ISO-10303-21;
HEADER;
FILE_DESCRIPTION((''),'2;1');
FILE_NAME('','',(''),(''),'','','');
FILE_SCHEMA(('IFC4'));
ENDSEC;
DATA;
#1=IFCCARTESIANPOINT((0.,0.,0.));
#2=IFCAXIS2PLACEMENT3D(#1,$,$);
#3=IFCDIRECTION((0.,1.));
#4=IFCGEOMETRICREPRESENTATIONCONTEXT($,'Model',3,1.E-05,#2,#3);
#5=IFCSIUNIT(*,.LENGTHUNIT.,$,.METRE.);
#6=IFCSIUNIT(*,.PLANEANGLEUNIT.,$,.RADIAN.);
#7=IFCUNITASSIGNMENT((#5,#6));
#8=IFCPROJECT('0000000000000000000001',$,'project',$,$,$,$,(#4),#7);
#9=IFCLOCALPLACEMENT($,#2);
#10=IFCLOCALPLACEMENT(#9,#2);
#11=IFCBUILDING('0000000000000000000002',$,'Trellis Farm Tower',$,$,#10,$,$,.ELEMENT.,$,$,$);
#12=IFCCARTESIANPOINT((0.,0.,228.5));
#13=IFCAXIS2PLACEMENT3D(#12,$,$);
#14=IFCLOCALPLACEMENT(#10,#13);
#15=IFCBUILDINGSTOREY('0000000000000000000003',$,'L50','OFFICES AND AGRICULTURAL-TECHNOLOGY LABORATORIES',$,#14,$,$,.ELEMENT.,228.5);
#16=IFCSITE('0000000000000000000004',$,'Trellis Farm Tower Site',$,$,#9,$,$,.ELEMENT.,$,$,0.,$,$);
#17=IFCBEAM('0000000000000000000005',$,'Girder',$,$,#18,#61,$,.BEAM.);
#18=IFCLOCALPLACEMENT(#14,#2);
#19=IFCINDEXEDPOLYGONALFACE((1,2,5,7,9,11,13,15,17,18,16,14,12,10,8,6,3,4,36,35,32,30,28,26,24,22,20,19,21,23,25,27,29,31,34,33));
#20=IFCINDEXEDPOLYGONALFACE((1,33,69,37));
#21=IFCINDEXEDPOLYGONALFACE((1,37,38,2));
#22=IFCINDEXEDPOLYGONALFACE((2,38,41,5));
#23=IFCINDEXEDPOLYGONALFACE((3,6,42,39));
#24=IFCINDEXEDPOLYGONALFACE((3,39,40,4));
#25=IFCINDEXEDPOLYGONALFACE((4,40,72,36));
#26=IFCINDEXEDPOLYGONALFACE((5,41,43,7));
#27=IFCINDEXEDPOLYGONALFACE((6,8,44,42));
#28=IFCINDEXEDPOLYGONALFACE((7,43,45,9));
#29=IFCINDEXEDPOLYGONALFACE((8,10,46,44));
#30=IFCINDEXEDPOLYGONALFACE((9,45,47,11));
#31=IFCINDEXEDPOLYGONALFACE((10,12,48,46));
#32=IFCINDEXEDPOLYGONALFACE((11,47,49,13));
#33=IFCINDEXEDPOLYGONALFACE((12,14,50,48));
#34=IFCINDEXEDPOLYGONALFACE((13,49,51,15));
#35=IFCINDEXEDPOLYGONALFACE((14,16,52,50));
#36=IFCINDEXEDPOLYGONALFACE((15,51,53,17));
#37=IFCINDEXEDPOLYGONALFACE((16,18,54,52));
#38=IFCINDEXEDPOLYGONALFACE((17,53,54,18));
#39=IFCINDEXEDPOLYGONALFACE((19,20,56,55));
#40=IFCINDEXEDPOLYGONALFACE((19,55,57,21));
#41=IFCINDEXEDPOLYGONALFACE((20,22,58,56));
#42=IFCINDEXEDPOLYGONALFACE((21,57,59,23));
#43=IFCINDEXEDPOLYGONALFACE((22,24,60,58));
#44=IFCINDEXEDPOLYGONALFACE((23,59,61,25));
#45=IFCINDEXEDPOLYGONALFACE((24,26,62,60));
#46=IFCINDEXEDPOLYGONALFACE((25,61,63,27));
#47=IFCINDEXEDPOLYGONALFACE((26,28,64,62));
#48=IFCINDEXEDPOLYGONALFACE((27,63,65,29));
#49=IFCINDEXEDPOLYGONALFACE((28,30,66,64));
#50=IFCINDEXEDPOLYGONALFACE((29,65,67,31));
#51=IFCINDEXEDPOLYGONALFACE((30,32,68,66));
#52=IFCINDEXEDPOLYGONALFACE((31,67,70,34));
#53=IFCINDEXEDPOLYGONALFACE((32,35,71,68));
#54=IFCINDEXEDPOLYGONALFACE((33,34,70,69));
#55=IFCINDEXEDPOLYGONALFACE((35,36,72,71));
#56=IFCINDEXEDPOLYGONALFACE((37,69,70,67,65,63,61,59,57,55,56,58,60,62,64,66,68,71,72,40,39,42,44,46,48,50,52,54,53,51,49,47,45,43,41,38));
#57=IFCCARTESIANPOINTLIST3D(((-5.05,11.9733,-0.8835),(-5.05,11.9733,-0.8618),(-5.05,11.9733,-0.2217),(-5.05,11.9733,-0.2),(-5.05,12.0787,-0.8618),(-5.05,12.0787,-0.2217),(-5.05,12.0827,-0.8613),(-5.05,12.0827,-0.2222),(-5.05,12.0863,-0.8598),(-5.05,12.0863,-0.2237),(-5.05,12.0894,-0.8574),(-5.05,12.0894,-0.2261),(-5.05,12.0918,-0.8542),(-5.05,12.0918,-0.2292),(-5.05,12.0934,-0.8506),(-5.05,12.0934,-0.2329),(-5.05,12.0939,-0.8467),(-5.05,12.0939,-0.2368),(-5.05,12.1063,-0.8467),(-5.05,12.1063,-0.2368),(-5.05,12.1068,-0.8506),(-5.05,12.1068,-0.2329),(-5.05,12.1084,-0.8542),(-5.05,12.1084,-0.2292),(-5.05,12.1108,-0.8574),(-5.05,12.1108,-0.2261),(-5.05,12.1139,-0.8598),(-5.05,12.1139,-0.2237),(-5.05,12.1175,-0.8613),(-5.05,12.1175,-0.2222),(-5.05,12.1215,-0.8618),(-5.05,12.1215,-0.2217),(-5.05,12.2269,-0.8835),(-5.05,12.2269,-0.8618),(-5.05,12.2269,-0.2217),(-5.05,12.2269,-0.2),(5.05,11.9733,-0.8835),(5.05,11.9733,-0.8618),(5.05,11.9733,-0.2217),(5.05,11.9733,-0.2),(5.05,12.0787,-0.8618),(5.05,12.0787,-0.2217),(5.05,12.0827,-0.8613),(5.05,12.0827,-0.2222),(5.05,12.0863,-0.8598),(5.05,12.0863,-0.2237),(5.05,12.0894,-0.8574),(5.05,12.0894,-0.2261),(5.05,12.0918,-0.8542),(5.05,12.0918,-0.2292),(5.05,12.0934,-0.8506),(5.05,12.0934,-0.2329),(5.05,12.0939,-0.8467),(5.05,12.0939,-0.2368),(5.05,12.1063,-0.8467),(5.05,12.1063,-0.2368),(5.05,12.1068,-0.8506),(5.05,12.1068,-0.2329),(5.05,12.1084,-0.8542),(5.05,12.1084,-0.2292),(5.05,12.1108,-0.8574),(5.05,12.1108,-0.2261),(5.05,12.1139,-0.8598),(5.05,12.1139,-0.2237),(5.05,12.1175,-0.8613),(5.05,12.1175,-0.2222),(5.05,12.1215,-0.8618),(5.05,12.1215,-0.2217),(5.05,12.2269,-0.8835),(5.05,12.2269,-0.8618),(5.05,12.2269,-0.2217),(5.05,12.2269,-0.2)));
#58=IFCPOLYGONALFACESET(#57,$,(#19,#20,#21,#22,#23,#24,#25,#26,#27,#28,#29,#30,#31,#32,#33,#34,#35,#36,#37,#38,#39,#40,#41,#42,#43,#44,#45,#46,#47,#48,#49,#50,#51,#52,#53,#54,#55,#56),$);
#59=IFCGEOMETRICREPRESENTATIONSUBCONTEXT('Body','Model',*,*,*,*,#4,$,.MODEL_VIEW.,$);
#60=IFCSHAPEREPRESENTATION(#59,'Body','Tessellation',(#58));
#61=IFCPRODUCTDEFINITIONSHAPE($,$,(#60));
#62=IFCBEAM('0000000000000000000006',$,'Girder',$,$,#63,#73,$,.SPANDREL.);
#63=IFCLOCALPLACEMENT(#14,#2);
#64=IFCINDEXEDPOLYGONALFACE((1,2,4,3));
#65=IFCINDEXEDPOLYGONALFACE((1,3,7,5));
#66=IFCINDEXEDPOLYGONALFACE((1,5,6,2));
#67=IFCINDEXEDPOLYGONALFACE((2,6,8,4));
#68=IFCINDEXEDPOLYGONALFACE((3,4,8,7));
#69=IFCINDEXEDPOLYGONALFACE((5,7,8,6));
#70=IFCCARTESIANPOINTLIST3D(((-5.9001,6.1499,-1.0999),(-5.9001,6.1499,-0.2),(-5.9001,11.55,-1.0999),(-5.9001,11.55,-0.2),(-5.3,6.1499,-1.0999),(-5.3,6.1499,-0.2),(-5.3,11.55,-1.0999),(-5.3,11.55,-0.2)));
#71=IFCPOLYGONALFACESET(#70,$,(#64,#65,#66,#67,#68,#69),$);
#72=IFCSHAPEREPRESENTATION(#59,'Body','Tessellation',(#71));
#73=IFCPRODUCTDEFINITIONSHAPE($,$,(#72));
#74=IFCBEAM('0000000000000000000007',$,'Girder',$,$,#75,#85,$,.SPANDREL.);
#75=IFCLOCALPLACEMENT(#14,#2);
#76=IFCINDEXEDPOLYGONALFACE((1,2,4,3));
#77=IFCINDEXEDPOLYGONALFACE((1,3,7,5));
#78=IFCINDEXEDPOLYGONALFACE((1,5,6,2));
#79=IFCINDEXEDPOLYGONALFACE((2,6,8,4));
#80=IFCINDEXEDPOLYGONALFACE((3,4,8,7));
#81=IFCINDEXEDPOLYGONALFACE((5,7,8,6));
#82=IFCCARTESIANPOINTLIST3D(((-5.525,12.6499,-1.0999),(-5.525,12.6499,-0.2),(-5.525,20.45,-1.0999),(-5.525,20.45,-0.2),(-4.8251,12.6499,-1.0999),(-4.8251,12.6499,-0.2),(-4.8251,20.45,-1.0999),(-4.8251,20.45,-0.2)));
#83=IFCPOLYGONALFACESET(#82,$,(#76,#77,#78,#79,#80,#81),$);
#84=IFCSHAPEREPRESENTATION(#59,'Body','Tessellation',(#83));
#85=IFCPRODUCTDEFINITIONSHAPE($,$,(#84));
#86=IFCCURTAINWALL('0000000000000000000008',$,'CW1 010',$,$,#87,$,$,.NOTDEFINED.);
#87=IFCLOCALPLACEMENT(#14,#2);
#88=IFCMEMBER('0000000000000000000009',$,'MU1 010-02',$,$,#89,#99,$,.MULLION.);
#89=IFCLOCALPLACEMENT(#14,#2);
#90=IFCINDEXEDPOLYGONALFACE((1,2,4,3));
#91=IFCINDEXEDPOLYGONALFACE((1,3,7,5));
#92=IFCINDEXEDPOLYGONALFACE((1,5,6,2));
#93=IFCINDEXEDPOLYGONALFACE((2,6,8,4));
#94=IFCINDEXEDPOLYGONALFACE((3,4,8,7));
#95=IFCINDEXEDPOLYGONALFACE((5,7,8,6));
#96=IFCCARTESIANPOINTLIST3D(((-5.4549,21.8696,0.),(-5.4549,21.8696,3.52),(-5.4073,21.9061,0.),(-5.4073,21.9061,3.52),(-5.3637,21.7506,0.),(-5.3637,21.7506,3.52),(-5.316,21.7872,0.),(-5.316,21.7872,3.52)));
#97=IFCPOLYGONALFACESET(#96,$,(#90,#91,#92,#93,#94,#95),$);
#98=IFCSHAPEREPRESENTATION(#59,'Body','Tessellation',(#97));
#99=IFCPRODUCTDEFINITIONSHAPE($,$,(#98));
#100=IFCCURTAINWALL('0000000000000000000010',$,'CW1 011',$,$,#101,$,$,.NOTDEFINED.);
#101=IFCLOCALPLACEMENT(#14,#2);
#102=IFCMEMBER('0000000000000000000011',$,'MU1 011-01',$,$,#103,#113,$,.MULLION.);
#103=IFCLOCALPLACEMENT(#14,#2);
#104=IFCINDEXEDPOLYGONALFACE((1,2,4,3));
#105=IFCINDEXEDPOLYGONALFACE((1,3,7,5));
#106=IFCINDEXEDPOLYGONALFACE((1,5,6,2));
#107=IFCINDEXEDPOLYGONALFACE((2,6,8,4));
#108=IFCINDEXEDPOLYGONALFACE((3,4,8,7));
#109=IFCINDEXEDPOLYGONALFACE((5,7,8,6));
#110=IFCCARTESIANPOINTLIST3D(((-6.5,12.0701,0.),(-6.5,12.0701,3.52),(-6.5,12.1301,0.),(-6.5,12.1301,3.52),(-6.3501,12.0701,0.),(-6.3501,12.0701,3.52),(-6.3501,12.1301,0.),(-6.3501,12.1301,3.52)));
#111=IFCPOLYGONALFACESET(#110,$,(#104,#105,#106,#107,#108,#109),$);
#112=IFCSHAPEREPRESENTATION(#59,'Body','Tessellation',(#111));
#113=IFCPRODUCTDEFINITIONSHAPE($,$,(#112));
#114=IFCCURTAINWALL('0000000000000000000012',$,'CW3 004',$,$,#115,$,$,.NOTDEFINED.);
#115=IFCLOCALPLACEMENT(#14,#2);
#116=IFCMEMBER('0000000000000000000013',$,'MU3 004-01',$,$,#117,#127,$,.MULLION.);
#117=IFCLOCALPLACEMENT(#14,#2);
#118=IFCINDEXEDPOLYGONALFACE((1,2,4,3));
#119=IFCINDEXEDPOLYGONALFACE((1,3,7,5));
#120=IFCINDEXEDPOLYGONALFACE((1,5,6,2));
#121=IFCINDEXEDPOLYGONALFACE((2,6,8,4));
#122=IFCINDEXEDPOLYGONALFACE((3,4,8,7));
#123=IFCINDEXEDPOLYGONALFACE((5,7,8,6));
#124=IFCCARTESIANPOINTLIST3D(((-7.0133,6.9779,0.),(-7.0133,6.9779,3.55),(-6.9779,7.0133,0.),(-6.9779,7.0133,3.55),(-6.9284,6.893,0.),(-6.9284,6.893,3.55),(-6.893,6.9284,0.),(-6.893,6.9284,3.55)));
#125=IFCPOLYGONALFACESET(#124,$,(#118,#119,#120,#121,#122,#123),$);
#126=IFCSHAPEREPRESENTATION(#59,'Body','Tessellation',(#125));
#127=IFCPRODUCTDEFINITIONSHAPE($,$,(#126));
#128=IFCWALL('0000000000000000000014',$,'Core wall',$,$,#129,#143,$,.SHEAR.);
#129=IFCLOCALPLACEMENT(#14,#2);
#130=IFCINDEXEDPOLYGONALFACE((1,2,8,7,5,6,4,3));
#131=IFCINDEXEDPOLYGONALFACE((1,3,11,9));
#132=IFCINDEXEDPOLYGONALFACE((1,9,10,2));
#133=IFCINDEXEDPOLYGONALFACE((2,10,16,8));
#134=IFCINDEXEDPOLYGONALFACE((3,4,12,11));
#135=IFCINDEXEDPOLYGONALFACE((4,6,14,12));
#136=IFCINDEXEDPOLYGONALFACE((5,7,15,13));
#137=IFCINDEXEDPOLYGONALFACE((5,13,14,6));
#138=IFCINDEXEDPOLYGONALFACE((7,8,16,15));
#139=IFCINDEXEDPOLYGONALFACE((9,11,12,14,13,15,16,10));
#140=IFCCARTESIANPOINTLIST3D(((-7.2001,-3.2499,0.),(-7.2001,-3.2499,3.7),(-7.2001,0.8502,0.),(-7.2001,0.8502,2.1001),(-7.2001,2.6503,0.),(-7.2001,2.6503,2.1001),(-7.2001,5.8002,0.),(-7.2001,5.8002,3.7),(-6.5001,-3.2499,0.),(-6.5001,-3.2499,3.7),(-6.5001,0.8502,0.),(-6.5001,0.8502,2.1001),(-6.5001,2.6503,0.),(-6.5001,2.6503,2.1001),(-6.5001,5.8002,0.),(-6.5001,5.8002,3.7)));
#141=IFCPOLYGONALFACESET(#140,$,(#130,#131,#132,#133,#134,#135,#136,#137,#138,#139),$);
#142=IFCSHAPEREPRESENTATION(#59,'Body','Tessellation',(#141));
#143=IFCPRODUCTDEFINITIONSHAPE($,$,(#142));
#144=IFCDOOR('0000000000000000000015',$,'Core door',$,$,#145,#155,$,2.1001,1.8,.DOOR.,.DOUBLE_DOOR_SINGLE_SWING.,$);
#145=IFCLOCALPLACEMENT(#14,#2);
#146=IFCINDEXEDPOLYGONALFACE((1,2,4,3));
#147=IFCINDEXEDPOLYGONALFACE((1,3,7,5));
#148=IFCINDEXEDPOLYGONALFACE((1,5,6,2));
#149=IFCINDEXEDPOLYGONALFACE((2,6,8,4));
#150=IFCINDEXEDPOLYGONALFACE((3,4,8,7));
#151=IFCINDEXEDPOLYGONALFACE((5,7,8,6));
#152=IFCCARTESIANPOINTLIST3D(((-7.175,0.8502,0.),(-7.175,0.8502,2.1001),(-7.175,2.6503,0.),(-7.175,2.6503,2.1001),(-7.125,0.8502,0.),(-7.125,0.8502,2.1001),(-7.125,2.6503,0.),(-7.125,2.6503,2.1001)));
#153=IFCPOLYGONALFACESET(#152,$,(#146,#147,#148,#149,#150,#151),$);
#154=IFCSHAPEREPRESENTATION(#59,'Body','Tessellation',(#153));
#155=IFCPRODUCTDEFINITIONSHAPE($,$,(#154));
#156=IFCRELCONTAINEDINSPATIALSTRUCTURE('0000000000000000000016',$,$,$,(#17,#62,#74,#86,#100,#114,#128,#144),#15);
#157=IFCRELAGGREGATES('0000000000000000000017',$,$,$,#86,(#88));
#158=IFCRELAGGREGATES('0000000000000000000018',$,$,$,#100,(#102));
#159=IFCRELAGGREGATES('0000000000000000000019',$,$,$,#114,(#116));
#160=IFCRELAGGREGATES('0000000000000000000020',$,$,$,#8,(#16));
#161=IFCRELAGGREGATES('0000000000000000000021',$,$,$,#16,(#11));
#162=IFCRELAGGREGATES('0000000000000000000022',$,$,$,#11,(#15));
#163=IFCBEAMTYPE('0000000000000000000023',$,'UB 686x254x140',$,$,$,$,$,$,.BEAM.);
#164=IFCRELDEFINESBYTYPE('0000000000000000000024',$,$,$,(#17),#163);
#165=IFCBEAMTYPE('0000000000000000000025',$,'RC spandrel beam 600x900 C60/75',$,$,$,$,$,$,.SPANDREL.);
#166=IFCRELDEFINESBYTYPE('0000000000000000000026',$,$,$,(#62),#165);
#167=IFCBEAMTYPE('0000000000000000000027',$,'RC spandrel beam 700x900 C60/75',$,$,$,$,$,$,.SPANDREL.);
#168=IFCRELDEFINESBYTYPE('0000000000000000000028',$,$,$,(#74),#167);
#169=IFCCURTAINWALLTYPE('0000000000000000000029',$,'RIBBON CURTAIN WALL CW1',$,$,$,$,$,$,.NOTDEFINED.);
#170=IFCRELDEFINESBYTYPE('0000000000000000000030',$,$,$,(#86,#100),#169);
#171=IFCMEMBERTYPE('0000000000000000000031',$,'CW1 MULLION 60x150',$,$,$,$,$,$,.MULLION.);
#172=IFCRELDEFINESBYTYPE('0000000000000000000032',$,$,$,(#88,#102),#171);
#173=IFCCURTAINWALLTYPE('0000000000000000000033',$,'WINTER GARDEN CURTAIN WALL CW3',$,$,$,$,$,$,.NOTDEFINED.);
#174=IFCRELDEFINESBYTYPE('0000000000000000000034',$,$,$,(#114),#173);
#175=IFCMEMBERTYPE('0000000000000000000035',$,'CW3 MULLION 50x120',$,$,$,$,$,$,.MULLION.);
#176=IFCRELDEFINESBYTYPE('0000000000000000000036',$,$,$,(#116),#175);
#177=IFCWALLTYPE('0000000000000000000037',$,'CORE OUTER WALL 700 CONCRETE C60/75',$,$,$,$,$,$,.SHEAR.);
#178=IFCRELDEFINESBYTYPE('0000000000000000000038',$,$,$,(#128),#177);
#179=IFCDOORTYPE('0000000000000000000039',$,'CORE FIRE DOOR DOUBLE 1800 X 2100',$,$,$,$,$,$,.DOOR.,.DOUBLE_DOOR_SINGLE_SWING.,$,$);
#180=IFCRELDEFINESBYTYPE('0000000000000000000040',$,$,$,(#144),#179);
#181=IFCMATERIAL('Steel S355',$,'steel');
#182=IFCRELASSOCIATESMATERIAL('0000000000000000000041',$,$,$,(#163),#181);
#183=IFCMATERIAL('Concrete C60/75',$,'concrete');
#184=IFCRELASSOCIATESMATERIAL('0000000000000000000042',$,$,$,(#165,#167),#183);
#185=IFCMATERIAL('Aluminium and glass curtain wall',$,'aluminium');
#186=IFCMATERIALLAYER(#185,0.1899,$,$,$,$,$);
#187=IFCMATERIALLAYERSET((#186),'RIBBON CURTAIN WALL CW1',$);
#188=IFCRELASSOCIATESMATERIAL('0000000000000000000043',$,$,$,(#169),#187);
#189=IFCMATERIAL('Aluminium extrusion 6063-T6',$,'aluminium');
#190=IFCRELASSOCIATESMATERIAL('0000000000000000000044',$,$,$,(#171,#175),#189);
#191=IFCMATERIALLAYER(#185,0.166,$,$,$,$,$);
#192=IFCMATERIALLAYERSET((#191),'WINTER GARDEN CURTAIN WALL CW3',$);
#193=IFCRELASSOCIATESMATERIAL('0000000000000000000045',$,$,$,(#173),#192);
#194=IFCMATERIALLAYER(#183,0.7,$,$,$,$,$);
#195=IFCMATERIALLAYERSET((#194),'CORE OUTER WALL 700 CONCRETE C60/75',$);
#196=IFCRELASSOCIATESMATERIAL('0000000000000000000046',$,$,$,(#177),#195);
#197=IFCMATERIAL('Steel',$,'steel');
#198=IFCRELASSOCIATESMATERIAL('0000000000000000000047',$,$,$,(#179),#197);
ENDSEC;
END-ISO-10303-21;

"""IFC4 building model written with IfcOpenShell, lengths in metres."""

from ifc_helpers import new_model, si_unit, direction, frame, frame_2d, origin, origin_2d, place, context, subcontext, project, spatial, rectangle, i_section, extrude, source, transform, mapped, material, layer, layer_set, material_profile, profile_set, type_object, element, fill, aggregate, save


model = new_model("IFC4")

# Units and contexts
model_context = context("Model", 3, precision=1e-05, world=origin(), true_north=direction((0.0, 1.0)))
body_context = subcontext(model_context, "Body", "Model", "MODEL_VIEW")
ifc_project = project(units=[si_unit("LENGTHUNIT", "METRE"), si_unit("PLANEANGLEUNIT", "RADIAN")], contexts=[model_context])

# Site, building, storey
site_placement = place(None, origin())
site = spatial("IfcSite", under=ifc_project, at=site_placement, Name="Trellis Farm Tower Site", CompositionType="ELEMENT", RefElevation=0.0)
building_placement = place(site_placement, origin())
building = spatial("IfcBuilding", under=site, at=building_placement, Name="Trellis Farm Tower", CompositionType="ELEMENT")
storey_placement = place(building_placement, frame((0.0, 0.0, 228.5)))
storey = spatial("IfcBuildingStorey", under=building, at=storey_placement, Name="L50", Description="OFFICES AND AGRICULTURAL-TECHNOLOGY LABORATORIES", CompositionType="ELEMENT", Elevation=228.5)

# Shared definitions
ifc_material_1 = material(Name="Concrete C60/75", Category="concrete")

# Beams
ifc_material_2 = material(Name="Steel S355", Category="steel")
ifc_material_profile_1 = material_profile(ifc_material_2, i_section(OverallWidth=0.2537, OverallDepth=0.6836, WebThickness=0.0125, FlangeThickness=0.0217, FilletRadius=0.0151, at=origin_2d()), Name="UB 686x254x140")
ifc_profile_set_1 = profile_set([ifc_material_profile_1], Name="Steel S355")
beam_type_1 = type_object("IfcBeamType", Name="UB 686x254x140", PredefinedType="BEAM", material=ifc_profile_set_1)
shared_shape_1 = source(origin(), body_context, "Body", "SweptSolid", [
    extrude(i_section(OverallWidth=0.2537, OverallDepth=0.6836, WebThickness=0.0125, FlangeThickness=0.0217, FilletRadius=0.0151, at=origin_2d()), origin(), (0.0, 0.0, 1.0), 10.1001),
])
for number, where, z_axis, x_axis, name in (
    (1, (-5.05, 12.1001, -0.5417), (1.0, 0.0, 0.0), (0.0, 1.0, 0.0), "Girder"),
):
    element("IfcBeam", number, at=place(storey_placement, frame(where, z_axis=z_axis, x_axis=x_axis)), inside=storey, type_object=beam_type_1, Name=name, PredefinedType="BEAM", context=body_context, shape_type="MappedRepresentation", body=[
        mapped(shared_shape_1, transform((0.0, 0.0, 0.0))),
    ])
ifc_material_profile_2 = material_profile(ifc_material_1, rectangle(XDim=0.6001, YDim=0.8999, at=origin_2d()), Name="RC spandrel beam 600x900 C60/75")
ifc_profile_set_2 = profile_set([ifc_material_profile_2], Name="Concrete C60/75")
beam_type_2 = type_object("IfcBeamType", Name="RC spandrel beam 600x900 C60/75", PredefinedType="SPANDREL", material=ifc_profile_set_2)
shared_shape_2 = source(origin(), body_context, "Body", "SweptSolid", [
    extrude(rectangle(XDim=0.6001, YDim=0.8999, at=origin_2d()), origin(), (0.0, 0.0, 1.0), 5.4001),
])
beam_1_placement = place(storey_placement, frame((-5.6001, 6.1499, -0.6499), z_axis=(0.0, 1.0, 0.0), x_axis=(-1.0, 0.0, 0.0)))
element("IfcBeam", 2, at=beam_1_placement, inside=storey, type_object=beam_type_2, Name="Girder", PredefinedType="SPANDREL", context=body_context, shape_type="MappedRepresentation", body=[
    mapped(shared_shape_2, transform((0.0, 0.0, 0.0))),
])
ifc_material_profile_3 = material_profile(ifc_material_1, rectangle(XDim=0.7, YDim=0.8999, at=origin_2d()), Name="RC spandrel beam 700x900 C60/75")
ifc_profile_set_3 = profile_set([ifc_material_profile_3], Name="Concrete C60/75")
beam_type_3 = type_object("IfcBeamType", Name="RC spandrel beam 700x900 C60/75", PredefinedType="SPANDREL", material=ifc_profile_set_3)
shared_shape_3 = source(origin(), body_context, "Body", "SweptSolid", [
    extrude(rectangle(XDim=0.7, YDim=0.8999, at=origin_2d()), origin(), (0.0, 0.0, 1.0), 7.8),
])
beam_2_placement = place(storey_placement, frame((-5.175, 12.6499, -0.6499), z_axis=(0.0, 1.0, 0.0), x_axis=(-1.0, 0.0, 0.0)))
element("IfcBeam", 3, at=beam_2_placement, inside=storey, type_object=beam_type_3, Name="Girder", PredefinedType="SPANDREL", context=body_context, shape_type="MappedRepresentation", body=[
    mapped(shared_shape_3, transform((0.0, 0.0, 0.0))),
])

# Curtain walls, members
ifc_material_3 = material(Name="Aluminium and glass curtain wall", Category="aluminium")
ifc_layer_1 = layer(ifc_material_3, 0.1899)
ifc_layer_set_1 = layer_set([ifc_layer_1], Name="RIBBON CURTAIN WALL CW1")
curtain_wall_type_1 = type_object("IfcCurtainWallType", Name="RIBBON CURTAIN WALL CW1", PredefinedType="NOTDEFINED", material=ifc_layer_set_1)
placement = place(storey_placement, origin())
curtain_wall_1 = element("IfcCurtainWall", 4, at=placement, inside=storey, type_object=curtain_wall_type_1, Name="CW1 010", PredefinedType="NOTDEFINED")
ifc_material_4 = material(Name="Aluminium extrusion 6063-T6", Category="aluminium")
ifc_material_profile_4 = material_profile(ifc_material_4, rectangle(XDim=0.0601, YDim=0.1499, at=origin_2d()), Name="MULLION 60x150")
ifc_profile_set_4 = profile_set([ifc_material_profile_4], Name="Aluminium extrusion 6063-T6")
member_type_1 = type_object("IfcMemberType", Name="CW1 MULLION 60x150", PredefinedType="MULLION", material=ifc_profile_set_4)
shared_shape_4 = source(origin(), body_context, "Body", "SweptSolid", [
    extrude(rectangle(XDim=0.0601, YDim=0.1499, at=origin_2d()), origin(), (0.0, 0.0, 1.0), 3.52),
])
member_1_placement = place(storey_placement, frame((-5.3855, 21.8284, 0.0), z_axis=(0.0, 0.0, 1.0), x_axis=(-0.793353, -0.608761, 0.0)))
member_1 = element("IfcMember", 5, at=member_1_placement, type_object=member_type_1, Name="MU1 010-02", PredefinedType="MULLION", context=body_context, shape_type="MappedRepresentation", body=[
    mapped(shared_shape_4, transform((0.0, 0.0, 0.0))),
])
aggregate(curtain_wall_1, [member_1])
curtain_wall_2 = element("IfcCurtainWall", 6, at=placement, inside=storey, type_object=curtain_wall_type_1, Name="CW1 011", PredefinedType="NOTDEFINED")
member_2_placement = place(storey_placement, frame((-6.425, 12.1001, 0.0), z_axis=(0.0, 0.0, 1.0), x_axis=(0.0, -1.0, 0.0)))
member_2 = element("IfcMember", 7, at=member_2_placement, type_object=member_type_1, Name="MU1 011-01", PredefinedType="MULLION", context=body_context, shape_type="MappedRepresentation", body=[
    mapped(shared_shape_4, transform((0.0, 0.0, 0.0))),
])
aggregate(curtain_wall_2, [member_2])
ifc_layer_2 = layer(ifc_material_3, 0.166)
ifc_layer_set_2 = layer_set([ifc_layer_2], Name="WINTER GARDEN CURTAIN WALL CW3")
curtain_wall_type_2 = type_object("IfcCurtainWallType", Name="WINTER GARDEN CURTAIN WALL CW3", PredefinedType="NOTDEFINED", material=ifc_layer_set_2)
curtain_wall_3 = element("IfcCurtainWall", 8, at=placement, inside=storey, type_object=curtain_wall_type_2, Name="CW3 004", PredefinedType="NOTDEFINED")
ifc_material_profile_5 = material_profile(ifc_material_4, rectangle(XDim=0.05, YDim=0.1201, at=origin_2d()), Name="MULLION 50x120")
ifc_profile_set_5 = profile_set([ifc_material_profile_5], Name="Aluminium extrusion 6063-T6")
member_type_2 = type_object("IfcMemberType", Name="CW3 MULLION 50x120", PredefinedType="MULLION", material=ifc_profile_set_5)
shared_shape_5 = source(origin(), body_context, "Body", "SweptSolid", [
    extrude(rectangle(XDim=0.05, YDim=0.1201, at=origin_2d()), origin(), (0.0, 0.0, 1.0), 3.55),
])
member_3_placement = place(storey_placement, frame((-6.9531, 6.9531, 0.0), z_axis=(0.0, 0.0, 1.0), x_axis=(-0.707107, -0.707107, 0.0)))
member_3 = element("IfcMember", 9, at=member_3_placement, type_object=member_type_2, Name="MU3 004-01", PredefinedType="MULLION", context=body_context, shape_type="MappedRepresentation", body=[
    mapped(shared_shape_5, transform((0.0, 0.0, 0.0))),
])
aggregate(curtain_wall_3, [member_3])

# Wall, opening, door
ifc_layer_3 = layer(ifc_material_1, 0.7)
ifc_layer_set_3 = layer_set([ifc_layer_3], Name="CORE OUTER WALL 700 CONCRETE C60/75")
wall_type_1 = type_object("IfcWallType", Name="CORE OUTER WALL 700 CONCRETE C60/75", PredefinedType="SHEAR", material=ifc_layer_set_3)
shared_shape_6 = source(origin(), body_context, "Body", "SweptSolid", [
    extrude(rectangle(XDim=9.05, YDim=0.7, at=frame_2d((4.5249, 0.0))), origin(), (0.0, 0.0, 1.0), 3.7),
])
wall_1_placement = place(storey_placement, frame((-6.8501, 5.8, 0.0), z_axis=(0.0, 0.0, 1.0), x_axis=(0.0, -1.0, 0.0)))
wall_1 = element("IfcWall", 10, at=wall_1_placement, inside=storey, type_object=wall_type_1, Name="Core wall", PredefinedType="SHEAR", context=body_context, shape_type="MappedRepresentation", body=[
    mapped(shared_shape_6, transform((0.0, 0.0, 0.0))),
])
shared_shape_7 = source(origin(), body_context, "Body", "SweptSolid", [
    extrude(rectangle(XDim=1.8, YDim=2.1001, at=frame_2d((0.8999, 1.05))), frame((0.0, 0.3601, 0.0), z_axis=(0.0, -1.0, 0.0), x_axis=(1.0, 0.0, 0.0)), (0.0, 0.0, 1.0), 0.7202),
])
opening_1_placement = place(wall_1_placement, frame((3.1499, 0.0, 0.0)))
opening_1 = element("IfcOpeningElement", 11, at=opening_1_placement, cuts=wall_1, PredefinedType="OPENING", context=body_context, shape_type="MappedRepresentation", body=[
    mapped(shared_shape_7, transform((0.0, 0.0, 0.0))),
])
ifc_material_5 = material(Name="Steel", Category="steel")
door_type_1 = type_object("IfcDoorType", Name="CORE FIRE DOOR DOUBLE 1800 X 2100", OperationType="DOUBLE_DOOR_SINGLE_SWING", PredefinedType="DOOR", material=ifc_material_5)
shared_shape_8 = source(origin(), body_context, "Body", "SweptSolid", [
    extrude(rectangle(XDim=1.8, YDim=2.1001, at=frame_2d((0.8999, 1.05))), frame((0.0, -0.2749, 0.0), z_axis=(0.0, -1.0, 0.0), x_axis=(1.0, 0.0, 0.0)), (0.0, 0.0, 1.0), 0.05),
])
door_1_placement = place(opening_1_placement, origin())
door_1 = element("IfcDoor", 12, at=door_1_placement, inside=storey, type_object=door_type_1, Name="Core door", OperationType="DOUBLE_DOOR_SINGLE_SWING", OverallHeight=2.1001, OverallWidth=1.8, PredefinedType="DOOR", context=body_context, shape_type="MappedRepresentation", body=[
    mapped(shared_shape_8, transform((0.0, 0.0, 0.0))),
])
fill(opening_1, door_1)

save(model, "model.ifc")
